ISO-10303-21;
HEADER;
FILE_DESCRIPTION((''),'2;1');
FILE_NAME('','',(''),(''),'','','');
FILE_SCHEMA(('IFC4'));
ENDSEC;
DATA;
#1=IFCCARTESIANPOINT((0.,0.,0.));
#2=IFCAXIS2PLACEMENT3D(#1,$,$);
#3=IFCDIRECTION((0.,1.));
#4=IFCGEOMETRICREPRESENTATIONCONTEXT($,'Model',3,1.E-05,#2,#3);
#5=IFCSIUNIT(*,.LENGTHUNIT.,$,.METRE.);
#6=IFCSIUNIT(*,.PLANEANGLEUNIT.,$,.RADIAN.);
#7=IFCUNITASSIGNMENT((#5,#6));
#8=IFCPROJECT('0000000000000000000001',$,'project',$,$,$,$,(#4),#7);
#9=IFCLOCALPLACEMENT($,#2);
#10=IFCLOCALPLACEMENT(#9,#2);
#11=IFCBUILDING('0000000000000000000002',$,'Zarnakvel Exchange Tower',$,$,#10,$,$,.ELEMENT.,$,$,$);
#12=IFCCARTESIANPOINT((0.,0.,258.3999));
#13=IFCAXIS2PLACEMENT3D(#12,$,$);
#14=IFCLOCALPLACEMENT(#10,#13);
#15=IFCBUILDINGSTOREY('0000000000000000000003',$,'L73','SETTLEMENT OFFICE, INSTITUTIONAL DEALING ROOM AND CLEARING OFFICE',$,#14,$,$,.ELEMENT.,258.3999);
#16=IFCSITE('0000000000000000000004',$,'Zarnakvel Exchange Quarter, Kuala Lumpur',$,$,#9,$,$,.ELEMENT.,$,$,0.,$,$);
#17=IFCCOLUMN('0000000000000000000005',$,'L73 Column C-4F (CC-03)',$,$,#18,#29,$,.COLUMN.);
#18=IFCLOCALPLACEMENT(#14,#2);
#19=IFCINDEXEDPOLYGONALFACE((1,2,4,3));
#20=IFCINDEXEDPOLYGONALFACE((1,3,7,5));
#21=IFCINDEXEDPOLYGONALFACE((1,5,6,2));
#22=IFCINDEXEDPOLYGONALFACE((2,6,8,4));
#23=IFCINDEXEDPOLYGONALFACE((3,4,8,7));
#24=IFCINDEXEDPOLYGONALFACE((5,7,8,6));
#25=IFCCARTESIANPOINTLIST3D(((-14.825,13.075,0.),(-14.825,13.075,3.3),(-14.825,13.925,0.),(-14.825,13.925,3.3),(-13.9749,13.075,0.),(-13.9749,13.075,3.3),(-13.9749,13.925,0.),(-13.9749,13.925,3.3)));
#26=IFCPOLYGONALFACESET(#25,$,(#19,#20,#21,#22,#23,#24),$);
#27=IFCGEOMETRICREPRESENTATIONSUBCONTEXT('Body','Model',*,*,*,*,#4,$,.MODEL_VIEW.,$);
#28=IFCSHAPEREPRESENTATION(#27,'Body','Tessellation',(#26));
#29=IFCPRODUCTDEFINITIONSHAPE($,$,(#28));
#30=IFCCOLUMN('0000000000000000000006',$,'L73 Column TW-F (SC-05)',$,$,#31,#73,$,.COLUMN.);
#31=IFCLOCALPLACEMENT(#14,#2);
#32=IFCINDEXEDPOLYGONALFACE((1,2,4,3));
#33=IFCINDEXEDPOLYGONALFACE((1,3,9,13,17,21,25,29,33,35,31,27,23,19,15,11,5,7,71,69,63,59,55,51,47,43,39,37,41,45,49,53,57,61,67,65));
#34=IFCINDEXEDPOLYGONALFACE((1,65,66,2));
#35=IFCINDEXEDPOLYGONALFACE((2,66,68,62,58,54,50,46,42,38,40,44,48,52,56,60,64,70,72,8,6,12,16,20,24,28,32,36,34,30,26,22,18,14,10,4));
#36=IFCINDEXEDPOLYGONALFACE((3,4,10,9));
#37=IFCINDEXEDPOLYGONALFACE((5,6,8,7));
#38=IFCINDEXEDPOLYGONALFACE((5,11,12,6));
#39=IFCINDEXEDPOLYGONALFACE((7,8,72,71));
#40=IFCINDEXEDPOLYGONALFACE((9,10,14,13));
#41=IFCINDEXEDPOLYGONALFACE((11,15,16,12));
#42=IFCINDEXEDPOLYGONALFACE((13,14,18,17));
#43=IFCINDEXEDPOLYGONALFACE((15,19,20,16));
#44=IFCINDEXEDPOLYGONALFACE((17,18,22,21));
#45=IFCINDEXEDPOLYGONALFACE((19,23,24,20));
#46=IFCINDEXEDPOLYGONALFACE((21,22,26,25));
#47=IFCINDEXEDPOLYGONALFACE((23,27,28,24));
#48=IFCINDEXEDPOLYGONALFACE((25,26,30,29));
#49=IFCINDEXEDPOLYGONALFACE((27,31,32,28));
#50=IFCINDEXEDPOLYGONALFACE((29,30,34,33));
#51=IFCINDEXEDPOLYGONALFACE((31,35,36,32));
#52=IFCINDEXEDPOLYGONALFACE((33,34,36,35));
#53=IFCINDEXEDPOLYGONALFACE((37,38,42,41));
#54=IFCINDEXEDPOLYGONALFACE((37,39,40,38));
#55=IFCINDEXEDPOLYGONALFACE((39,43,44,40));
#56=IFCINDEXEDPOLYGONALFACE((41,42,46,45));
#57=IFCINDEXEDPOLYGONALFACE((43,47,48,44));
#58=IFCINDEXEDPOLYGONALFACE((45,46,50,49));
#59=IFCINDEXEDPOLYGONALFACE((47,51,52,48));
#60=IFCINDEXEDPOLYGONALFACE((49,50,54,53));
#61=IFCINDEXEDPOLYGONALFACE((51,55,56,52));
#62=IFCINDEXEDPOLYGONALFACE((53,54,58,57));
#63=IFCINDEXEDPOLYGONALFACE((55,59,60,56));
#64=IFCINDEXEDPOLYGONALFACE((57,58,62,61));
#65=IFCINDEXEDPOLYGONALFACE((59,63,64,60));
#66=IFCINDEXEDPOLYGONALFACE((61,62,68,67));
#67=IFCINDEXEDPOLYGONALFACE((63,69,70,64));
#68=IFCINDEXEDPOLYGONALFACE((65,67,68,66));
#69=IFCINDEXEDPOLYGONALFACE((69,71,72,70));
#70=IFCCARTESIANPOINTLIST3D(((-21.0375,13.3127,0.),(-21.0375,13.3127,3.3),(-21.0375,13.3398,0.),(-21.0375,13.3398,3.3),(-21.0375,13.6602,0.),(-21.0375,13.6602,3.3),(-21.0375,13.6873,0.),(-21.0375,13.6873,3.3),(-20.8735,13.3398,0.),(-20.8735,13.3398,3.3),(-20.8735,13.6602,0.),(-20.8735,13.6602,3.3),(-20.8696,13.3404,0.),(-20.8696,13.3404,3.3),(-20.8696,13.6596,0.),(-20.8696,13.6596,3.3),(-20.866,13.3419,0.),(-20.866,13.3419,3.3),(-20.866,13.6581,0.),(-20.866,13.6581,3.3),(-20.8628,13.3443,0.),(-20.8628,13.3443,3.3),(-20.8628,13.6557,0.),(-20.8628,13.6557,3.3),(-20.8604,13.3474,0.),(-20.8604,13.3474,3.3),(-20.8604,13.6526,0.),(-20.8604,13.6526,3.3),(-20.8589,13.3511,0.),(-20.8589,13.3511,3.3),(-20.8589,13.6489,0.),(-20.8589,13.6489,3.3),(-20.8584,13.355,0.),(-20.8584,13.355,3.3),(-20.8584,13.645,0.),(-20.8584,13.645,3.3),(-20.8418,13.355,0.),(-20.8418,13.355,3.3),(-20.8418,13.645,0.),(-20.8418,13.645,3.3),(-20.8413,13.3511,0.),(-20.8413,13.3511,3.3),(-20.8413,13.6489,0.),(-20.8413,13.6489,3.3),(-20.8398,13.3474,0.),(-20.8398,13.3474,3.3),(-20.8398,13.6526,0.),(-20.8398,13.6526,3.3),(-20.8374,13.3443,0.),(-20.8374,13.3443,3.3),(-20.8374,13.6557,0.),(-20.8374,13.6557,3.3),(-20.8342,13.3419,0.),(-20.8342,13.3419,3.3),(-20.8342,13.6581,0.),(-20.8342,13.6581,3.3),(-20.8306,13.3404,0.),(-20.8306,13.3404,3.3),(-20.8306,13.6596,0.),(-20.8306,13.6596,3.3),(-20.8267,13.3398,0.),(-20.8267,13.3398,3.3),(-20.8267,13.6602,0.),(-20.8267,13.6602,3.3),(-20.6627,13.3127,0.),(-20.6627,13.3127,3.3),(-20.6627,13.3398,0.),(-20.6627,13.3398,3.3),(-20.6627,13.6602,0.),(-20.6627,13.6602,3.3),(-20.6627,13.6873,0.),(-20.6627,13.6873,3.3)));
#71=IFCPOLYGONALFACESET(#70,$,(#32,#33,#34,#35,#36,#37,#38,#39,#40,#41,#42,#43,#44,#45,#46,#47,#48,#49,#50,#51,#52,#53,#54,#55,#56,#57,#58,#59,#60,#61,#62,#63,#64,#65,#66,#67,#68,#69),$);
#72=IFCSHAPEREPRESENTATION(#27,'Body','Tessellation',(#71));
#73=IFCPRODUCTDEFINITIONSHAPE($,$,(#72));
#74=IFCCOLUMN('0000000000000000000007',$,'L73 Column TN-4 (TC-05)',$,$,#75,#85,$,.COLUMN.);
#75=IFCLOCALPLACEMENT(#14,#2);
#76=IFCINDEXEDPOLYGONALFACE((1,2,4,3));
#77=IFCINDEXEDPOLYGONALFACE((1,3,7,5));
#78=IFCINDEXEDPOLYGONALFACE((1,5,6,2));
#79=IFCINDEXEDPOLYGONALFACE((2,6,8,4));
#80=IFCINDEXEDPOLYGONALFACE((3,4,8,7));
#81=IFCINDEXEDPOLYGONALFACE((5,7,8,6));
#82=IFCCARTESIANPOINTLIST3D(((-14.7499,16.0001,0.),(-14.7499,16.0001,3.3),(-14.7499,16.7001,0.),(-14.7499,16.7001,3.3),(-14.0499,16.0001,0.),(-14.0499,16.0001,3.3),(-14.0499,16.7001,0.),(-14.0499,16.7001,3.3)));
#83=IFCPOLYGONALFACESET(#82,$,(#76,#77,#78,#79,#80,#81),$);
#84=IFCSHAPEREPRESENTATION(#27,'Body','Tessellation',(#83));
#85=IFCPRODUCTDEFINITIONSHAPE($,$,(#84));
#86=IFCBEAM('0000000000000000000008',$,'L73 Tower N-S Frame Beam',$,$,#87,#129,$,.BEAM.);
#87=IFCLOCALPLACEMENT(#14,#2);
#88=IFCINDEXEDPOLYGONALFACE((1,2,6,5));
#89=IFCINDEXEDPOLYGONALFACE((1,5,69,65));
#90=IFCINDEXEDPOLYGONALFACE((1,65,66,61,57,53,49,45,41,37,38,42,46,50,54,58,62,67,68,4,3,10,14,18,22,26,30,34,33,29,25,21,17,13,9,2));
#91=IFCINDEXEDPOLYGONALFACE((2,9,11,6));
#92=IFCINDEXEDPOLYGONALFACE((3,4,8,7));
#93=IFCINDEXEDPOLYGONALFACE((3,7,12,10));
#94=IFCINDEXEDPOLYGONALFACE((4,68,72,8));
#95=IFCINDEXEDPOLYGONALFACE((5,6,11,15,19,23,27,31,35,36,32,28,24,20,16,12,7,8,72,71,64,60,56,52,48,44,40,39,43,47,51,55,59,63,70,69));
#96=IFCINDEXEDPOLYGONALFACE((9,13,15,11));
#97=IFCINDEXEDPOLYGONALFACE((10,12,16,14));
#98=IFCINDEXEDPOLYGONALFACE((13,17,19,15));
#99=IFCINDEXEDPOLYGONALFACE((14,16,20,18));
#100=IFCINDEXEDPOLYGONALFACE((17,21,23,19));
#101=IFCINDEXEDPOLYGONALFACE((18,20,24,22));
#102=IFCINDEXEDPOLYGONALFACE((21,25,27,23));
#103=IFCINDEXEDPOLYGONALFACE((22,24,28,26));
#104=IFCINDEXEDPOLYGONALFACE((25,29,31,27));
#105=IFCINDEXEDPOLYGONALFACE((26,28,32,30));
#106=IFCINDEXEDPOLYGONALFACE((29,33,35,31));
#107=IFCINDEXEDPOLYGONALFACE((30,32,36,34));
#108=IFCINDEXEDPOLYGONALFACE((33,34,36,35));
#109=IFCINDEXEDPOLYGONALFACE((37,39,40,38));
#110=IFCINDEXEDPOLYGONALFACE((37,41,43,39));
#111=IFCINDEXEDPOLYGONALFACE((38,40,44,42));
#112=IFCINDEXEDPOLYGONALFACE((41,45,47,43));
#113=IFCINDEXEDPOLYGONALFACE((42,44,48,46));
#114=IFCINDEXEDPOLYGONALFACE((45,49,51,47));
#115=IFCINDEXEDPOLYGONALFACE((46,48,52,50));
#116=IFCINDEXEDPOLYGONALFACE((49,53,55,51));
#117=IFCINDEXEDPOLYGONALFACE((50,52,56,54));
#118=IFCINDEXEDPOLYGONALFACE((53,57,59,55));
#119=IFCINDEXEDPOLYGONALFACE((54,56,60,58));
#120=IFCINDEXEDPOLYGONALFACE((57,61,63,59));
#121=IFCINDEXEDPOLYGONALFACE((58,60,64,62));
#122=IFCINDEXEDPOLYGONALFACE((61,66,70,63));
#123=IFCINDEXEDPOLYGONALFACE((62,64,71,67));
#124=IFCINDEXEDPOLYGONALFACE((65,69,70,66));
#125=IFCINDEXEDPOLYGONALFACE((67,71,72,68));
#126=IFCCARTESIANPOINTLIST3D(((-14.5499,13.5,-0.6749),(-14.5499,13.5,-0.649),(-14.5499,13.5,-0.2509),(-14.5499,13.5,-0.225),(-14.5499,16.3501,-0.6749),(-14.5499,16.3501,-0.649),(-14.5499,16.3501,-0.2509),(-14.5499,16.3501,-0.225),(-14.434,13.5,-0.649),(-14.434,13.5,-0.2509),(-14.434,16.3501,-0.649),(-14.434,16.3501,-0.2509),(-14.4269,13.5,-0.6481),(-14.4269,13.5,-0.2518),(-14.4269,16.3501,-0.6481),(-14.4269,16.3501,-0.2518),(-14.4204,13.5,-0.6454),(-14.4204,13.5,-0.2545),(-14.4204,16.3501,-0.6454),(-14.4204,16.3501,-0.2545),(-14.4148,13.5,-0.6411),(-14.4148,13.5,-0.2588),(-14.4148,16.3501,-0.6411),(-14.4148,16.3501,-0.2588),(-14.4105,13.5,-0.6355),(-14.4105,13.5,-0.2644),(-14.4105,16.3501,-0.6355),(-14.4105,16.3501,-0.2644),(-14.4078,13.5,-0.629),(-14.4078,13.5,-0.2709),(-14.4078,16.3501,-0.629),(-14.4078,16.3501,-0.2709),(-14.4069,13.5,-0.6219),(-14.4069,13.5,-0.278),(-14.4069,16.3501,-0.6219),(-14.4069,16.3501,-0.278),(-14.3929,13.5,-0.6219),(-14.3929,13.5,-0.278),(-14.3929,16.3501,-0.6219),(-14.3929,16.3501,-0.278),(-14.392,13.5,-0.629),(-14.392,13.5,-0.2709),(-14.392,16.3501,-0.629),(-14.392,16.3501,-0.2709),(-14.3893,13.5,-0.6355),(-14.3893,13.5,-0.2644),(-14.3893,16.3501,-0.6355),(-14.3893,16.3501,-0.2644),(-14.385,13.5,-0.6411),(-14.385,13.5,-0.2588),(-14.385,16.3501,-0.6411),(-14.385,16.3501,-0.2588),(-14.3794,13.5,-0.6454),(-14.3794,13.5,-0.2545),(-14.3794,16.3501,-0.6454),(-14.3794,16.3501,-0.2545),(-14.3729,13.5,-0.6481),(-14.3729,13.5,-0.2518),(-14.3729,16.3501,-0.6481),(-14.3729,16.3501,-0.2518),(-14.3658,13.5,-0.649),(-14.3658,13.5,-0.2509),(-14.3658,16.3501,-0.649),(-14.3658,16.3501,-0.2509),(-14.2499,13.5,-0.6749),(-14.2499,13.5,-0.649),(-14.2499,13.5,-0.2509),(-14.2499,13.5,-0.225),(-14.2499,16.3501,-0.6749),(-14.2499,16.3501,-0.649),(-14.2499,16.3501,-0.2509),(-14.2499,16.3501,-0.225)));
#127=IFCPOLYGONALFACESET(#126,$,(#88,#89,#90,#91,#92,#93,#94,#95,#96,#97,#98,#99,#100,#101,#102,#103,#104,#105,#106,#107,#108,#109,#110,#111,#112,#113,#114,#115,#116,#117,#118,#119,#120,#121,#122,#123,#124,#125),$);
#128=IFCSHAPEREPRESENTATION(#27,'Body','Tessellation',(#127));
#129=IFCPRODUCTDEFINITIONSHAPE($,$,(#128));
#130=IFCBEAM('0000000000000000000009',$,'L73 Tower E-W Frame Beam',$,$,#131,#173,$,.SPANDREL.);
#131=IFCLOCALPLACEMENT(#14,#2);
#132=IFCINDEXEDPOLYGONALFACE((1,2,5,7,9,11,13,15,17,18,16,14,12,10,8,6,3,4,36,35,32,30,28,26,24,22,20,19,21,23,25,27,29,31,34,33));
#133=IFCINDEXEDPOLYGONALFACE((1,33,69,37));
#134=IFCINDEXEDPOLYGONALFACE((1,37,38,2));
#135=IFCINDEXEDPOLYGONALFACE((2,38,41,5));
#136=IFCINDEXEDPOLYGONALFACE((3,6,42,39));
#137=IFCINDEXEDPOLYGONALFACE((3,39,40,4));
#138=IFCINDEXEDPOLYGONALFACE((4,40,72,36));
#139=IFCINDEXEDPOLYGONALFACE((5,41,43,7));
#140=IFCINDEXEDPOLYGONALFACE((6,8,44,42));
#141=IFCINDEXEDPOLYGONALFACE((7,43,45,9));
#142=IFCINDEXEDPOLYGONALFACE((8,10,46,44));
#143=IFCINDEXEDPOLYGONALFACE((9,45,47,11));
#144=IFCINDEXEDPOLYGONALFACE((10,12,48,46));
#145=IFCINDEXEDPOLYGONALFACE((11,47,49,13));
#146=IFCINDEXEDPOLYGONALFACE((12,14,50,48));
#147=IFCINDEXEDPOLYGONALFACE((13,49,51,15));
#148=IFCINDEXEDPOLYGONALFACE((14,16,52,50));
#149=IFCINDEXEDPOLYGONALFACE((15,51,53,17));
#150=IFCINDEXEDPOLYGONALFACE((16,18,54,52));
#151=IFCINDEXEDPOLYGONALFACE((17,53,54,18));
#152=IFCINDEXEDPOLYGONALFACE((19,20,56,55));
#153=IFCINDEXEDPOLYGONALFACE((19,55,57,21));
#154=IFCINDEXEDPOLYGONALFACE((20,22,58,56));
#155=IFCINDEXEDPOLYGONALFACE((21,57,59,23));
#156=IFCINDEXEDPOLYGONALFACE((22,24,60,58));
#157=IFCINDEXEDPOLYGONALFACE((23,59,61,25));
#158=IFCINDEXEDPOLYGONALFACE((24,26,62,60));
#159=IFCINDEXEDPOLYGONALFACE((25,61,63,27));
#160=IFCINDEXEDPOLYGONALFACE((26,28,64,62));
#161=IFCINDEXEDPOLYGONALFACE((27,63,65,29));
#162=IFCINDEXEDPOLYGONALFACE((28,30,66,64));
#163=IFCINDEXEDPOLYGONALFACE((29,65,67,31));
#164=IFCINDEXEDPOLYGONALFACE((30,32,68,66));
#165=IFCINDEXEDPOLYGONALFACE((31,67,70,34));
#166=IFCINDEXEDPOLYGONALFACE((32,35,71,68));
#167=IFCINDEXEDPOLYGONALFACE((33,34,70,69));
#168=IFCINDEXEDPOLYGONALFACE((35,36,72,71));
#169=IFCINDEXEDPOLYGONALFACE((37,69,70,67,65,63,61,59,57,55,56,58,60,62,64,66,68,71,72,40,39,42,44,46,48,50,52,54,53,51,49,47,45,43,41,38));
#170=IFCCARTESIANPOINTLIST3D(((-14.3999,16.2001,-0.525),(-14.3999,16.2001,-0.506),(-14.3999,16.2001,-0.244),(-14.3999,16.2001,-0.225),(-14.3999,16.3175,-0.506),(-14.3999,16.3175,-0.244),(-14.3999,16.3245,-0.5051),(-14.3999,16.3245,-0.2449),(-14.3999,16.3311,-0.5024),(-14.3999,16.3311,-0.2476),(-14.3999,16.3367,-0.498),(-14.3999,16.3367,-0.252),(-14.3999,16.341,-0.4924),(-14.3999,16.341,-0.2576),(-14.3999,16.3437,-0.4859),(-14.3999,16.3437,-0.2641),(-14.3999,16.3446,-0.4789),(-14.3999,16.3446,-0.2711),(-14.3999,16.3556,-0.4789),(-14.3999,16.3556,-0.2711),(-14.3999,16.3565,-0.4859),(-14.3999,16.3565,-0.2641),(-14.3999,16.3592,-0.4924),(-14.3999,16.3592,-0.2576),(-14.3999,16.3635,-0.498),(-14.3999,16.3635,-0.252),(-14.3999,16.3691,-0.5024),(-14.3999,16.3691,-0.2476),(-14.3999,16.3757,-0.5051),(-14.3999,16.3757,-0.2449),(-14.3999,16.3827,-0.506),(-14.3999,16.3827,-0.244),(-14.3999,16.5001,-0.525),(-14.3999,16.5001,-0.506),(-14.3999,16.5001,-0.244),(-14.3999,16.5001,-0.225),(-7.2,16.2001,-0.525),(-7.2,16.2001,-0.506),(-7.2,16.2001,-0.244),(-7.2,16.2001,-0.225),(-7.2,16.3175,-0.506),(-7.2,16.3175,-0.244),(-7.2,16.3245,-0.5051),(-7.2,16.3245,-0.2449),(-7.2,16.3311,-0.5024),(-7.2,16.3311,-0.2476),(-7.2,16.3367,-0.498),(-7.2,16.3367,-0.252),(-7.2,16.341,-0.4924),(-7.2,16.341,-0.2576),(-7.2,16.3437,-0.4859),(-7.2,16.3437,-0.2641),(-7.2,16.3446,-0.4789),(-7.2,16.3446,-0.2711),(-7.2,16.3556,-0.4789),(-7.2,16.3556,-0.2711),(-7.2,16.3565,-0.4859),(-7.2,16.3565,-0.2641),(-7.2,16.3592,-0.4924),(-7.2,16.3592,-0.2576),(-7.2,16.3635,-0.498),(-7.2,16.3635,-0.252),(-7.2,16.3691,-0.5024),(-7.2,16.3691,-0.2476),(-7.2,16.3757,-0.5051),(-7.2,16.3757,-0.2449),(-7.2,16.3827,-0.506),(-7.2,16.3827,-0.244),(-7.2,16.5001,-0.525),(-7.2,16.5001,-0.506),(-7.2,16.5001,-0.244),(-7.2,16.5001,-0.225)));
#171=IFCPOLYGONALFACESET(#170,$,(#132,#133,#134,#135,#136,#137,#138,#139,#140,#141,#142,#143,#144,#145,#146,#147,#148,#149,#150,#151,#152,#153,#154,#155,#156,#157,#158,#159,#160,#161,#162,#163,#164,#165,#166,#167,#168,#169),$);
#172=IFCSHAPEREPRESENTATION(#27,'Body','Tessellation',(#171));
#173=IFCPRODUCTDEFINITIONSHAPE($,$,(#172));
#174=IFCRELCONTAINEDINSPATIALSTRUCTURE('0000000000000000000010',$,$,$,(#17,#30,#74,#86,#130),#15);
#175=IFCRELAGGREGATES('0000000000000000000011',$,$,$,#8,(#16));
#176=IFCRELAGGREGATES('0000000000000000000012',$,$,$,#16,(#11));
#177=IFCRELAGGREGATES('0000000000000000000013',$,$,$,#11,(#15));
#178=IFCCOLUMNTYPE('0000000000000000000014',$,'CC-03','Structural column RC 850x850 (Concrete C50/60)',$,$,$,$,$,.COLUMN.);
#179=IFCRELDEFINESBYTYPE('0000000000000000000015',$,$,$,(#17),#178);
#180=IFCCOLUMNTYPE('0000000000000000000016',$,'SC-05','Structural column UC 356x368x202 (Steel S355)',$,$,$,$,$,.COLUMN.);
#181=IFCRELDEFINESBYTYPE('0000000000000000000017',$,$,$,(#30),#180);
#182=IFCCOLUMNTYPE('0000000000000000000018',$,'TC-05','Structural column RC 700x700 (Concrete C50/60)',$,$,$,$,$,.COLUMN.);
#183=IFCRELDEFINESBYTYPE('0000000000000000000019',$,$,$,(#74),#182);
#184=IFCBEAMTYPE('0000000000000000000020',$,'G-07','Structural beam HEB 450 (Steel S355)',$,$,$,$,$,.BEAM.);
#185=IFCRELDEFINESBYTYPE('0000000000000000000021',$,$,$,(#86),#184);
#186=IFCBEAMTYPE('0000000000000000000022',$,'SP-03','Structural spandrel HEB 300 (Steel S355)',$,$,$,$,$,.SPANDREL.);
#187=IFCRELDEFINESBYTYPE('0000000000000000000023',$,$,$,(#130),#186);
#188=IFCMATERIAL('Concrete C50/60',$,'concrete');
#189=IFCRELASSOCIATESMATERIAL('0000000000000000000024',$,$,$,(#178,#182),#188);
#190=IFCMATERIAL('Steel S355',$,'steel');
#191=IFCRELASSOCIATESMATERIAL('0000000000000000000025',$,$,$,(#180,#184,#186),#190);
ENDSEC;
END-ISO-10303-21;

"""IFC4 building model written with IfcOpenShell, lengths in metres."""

from ifc_helpers import new_model, si_unit, direction, frame, origin, origin_2d, place, context, subcontext, project, spatial, rectangle, i_section, extrude, material, material_profile, profile_set, type_object, element, save


model = new_model("IFC4")

# Units and contexts
model_context = context("Model", 3, precision=1e-05, world=origin(), true_north=direction((0.0, 1.0)))
body_context = subcontext(model_context, "Body", "Model", "MODEL_VIEW")
ifc_project = project(units=[si_unit("LENGTHUNIT", "METRE"), si_unit("PLANEANGLEUNIT", "RADIAN")], contexts=[model_context])

# Site, building, storey
site_placement = place(None, origin())
site = spatial("IfcSite", under=ifc_project, at=site_placement, Name="Zarnakvel Exchange Quarter, Kuala Lumpur", CompositionType="ELEMENT", RefElevation=0.0)
building_placement = place(site_placement, origin())
building = spatial("IfcBuilding", under=site, at=building_placement, Name="Zarnakvel Exchange Tower", CompositionType="ELEMENT")
storey_placement = place(building_placement, frame((0.0, 0.0, 258.3999)))
storey = spatial("IfcBuildingStorey", under=building, at=storey_placement, Name="L73", Description="SETTLEMENT OFFICE, INSTITUTIONAL DEALING ROOM AND CLEARING OFFICE", CompositionType="ELEMENT", Elevation=258.3999)

# Columns
ifc_material_1 = material(Name="Concrete C50/60", Category="concrete")
ifc_material_profile_1 = material_profile(ifc_material_1, rectangle(XDim=0.8501, YDim=0.8501, at=origin_2d()))
ifc_profile_set_1 = profile_set([ifc_material_profile_1], Name="Concrete C50/60")
column_type_1 = type_object("IfcColumnType", Name="CC-03", Description="Structural column RC 850x850 (Concrete C50/60)", PredefinedType="COLUMN", material=ifc_profile_set_1)
column_1_placement = place(storey_placement, frame((-14.3999, 13.5, 0.0), z_axis=(0.0, 0.0, 1.0), x_axis=(1.0, 0.0, 0.0)))
element("IfcColumn", 1, at=column_1_placement, inside=storey, type_object=column_type_1, Name="L73 Column C-4F (CC-03)", PredefinedType="COLUMN", context=body_context, shape_type="SweptSolid", body=[
    extrude(rectangle(XDim=0.8501, YDim=0.8501, at=origin_2d()), origin(), (0.0, 0.0, 1.0), 3.3),
])
ifc_material_2 = material(Name="Steel S355", Category="steel")
ifc_material_profile_2 = material_profile(ifc_material_2, i_section(OverallWidth=0.3748, OverallDepth=0.3745, WebThickness=0.0166, FlangeThickness=0.0271, FilletRadius=0.0151, at=origin_2d()))
ifc_profile_set_2 = profile_set([ifc_material_profile_2], Name="Steel S355")
column_type_2 = type_object("IfcColumnType", Name="SC-05", Description="Structural column UC 356x368x202 (Steel S355)", PredefinedType="COLUMN", material=ifc_profile_set_2)
column_2_placement = place(storey_placement, frame((-20.8501, 13.5, 0.0), z_axis=(0.0, 0.0, 1.0), x_axis=(1.0, 0.0, 0.0)))
element("IfcColumn", 2, at=column_2_placement, inside=storey, type_object=column_type_2, Name="L73 Column TW-F (SC-05)", PredefinedType="COLUMN", context=body_context, shape_type="SweptSolid", body=[
    extrude(i_section(OverallWidth=0.3748, OverallDepth=0.3745, WebThickness=0.0166, FlangeThickness=0.0271, FilletRadius=0.0151, at=origin_2d()), origin(), (0.0, 0.0, 1.0), 3.3),
])
ifc_material_profile_3 = material_profile(ifc_material_1, rectangle(XDim=0.7, YDim=0.7, at=origin_2d()))
ifc_profile_set_3 = profile_set([ifc_material_profile_3], Name="Concrete C50/60")
column_type_3 = type_object("IfcColumnType", Name="TC-05", Description="Structural column RC 700x700 (Concrete C50/60)", PredefinedType="COLUMN", material=ifc_profile_set_3)
column_3_placement = place(storey_placement, frame((-14.3999, 16.3501, 0.0), z_axis=(0.0, 0.0, 1.0), x_axis=(1.0, 0.0, 0.0)))
element("IfcColumn", 3, at=column_3_placement, inside=storey, type_object=column_type_3, Name="L73 Column TN-4 (TC-05)", PredefinedType="COLUMN", context=body_context, shape_type="SweptSolid", body=[
    extrude(rectangle(XDim=0.7, YDim=0.7, at=origin_2d()), origin(), (0.0, 0.0, 1.0), 3.3),
])

# Beams
ifc_material_profile_4 = material_profile(ifc_material_2, i_section(OverallWidth=0.3, OverallDepth=0.45, WebThickness=0.0139, FlangeThickness=0.0259, FilletRadius=0.0271, at=origin_2d()))
ifc_profile_set_4 = profile_set([ifc_material_profile_4], Name="Steel S355")
beam_type_1 = type_object("IfcBeamType", Name="G-07", Description="Structural beam HEB 450 (Steel S355)", PredefinedType="BEAM", material=ifc_profile_set_4)
beam_1_placement = place(storey_placement, frame((-14.3999, 13.5, -0.45), z_axis=(0.0, 1.0, 0.0), x_axis=(-1.0, 0.0, 0.0)))
element("IfcBeam", 4, at=beam_1_placement, inside=storey, type_object=beam_type_1, Name="L73 Tower N-S Frame Beam", PredefinedType="BEAM", context=body_context, shape_type="SweptSolid", body=[
    extrude(i_section(OverallWidth=0.3, OverallDepth=0.45, WebThickness=0.0139, FlangeThickness=0.0259, FilletRadius=0.0271, at=origin_2d()), origin(), (0.0, 0.0, 1.0), 2.8501),
])
ifc_material_profile_5 = material_profile(ifc_material_2, i_section(OverallWidth=0.3, OverallDepth=0.3, WebThickness=0.011, FlangeThickness=0.019, FilletRadius=0.0271, at=origin_2d()))
ifc_profile_set_5 = profile_set([ifc_material_profile_5], Name="Steel S355")
beam_type_2 = type_object("IfcBeamType", Name="SP-03", Description="Structural spandrel HEB 300 (Steel S355)", PredefinedType="SPANDREL", material=ifc_profile_set_5)
beam_2_placement = place(storey_placement, frame((-14.3999, 16.3501, -0.375), z_axis=(1.0, 0.0, 0.0), x_axis=(0.0, 1.0, 0.0)))
element("IfcBeam", 5, at=beam_2_placement, inside=storey, type_object=beam_type_2, Name="L73 Tower E-W Frame Beam", PredefinedType="SPANDREL", context=body_context, shape_type="SweptSolid", body=[
    extrude(i_section(OverallWidth=0.3, OverallDepth=0.3, WebThickness=0.011, FlangeThickness=0.019, FilletRadius=0.0271, at=origin_2d()), origin(), (0.0, 0.0, 1.0), 7.2),
])

save(model, "model.ifc")
